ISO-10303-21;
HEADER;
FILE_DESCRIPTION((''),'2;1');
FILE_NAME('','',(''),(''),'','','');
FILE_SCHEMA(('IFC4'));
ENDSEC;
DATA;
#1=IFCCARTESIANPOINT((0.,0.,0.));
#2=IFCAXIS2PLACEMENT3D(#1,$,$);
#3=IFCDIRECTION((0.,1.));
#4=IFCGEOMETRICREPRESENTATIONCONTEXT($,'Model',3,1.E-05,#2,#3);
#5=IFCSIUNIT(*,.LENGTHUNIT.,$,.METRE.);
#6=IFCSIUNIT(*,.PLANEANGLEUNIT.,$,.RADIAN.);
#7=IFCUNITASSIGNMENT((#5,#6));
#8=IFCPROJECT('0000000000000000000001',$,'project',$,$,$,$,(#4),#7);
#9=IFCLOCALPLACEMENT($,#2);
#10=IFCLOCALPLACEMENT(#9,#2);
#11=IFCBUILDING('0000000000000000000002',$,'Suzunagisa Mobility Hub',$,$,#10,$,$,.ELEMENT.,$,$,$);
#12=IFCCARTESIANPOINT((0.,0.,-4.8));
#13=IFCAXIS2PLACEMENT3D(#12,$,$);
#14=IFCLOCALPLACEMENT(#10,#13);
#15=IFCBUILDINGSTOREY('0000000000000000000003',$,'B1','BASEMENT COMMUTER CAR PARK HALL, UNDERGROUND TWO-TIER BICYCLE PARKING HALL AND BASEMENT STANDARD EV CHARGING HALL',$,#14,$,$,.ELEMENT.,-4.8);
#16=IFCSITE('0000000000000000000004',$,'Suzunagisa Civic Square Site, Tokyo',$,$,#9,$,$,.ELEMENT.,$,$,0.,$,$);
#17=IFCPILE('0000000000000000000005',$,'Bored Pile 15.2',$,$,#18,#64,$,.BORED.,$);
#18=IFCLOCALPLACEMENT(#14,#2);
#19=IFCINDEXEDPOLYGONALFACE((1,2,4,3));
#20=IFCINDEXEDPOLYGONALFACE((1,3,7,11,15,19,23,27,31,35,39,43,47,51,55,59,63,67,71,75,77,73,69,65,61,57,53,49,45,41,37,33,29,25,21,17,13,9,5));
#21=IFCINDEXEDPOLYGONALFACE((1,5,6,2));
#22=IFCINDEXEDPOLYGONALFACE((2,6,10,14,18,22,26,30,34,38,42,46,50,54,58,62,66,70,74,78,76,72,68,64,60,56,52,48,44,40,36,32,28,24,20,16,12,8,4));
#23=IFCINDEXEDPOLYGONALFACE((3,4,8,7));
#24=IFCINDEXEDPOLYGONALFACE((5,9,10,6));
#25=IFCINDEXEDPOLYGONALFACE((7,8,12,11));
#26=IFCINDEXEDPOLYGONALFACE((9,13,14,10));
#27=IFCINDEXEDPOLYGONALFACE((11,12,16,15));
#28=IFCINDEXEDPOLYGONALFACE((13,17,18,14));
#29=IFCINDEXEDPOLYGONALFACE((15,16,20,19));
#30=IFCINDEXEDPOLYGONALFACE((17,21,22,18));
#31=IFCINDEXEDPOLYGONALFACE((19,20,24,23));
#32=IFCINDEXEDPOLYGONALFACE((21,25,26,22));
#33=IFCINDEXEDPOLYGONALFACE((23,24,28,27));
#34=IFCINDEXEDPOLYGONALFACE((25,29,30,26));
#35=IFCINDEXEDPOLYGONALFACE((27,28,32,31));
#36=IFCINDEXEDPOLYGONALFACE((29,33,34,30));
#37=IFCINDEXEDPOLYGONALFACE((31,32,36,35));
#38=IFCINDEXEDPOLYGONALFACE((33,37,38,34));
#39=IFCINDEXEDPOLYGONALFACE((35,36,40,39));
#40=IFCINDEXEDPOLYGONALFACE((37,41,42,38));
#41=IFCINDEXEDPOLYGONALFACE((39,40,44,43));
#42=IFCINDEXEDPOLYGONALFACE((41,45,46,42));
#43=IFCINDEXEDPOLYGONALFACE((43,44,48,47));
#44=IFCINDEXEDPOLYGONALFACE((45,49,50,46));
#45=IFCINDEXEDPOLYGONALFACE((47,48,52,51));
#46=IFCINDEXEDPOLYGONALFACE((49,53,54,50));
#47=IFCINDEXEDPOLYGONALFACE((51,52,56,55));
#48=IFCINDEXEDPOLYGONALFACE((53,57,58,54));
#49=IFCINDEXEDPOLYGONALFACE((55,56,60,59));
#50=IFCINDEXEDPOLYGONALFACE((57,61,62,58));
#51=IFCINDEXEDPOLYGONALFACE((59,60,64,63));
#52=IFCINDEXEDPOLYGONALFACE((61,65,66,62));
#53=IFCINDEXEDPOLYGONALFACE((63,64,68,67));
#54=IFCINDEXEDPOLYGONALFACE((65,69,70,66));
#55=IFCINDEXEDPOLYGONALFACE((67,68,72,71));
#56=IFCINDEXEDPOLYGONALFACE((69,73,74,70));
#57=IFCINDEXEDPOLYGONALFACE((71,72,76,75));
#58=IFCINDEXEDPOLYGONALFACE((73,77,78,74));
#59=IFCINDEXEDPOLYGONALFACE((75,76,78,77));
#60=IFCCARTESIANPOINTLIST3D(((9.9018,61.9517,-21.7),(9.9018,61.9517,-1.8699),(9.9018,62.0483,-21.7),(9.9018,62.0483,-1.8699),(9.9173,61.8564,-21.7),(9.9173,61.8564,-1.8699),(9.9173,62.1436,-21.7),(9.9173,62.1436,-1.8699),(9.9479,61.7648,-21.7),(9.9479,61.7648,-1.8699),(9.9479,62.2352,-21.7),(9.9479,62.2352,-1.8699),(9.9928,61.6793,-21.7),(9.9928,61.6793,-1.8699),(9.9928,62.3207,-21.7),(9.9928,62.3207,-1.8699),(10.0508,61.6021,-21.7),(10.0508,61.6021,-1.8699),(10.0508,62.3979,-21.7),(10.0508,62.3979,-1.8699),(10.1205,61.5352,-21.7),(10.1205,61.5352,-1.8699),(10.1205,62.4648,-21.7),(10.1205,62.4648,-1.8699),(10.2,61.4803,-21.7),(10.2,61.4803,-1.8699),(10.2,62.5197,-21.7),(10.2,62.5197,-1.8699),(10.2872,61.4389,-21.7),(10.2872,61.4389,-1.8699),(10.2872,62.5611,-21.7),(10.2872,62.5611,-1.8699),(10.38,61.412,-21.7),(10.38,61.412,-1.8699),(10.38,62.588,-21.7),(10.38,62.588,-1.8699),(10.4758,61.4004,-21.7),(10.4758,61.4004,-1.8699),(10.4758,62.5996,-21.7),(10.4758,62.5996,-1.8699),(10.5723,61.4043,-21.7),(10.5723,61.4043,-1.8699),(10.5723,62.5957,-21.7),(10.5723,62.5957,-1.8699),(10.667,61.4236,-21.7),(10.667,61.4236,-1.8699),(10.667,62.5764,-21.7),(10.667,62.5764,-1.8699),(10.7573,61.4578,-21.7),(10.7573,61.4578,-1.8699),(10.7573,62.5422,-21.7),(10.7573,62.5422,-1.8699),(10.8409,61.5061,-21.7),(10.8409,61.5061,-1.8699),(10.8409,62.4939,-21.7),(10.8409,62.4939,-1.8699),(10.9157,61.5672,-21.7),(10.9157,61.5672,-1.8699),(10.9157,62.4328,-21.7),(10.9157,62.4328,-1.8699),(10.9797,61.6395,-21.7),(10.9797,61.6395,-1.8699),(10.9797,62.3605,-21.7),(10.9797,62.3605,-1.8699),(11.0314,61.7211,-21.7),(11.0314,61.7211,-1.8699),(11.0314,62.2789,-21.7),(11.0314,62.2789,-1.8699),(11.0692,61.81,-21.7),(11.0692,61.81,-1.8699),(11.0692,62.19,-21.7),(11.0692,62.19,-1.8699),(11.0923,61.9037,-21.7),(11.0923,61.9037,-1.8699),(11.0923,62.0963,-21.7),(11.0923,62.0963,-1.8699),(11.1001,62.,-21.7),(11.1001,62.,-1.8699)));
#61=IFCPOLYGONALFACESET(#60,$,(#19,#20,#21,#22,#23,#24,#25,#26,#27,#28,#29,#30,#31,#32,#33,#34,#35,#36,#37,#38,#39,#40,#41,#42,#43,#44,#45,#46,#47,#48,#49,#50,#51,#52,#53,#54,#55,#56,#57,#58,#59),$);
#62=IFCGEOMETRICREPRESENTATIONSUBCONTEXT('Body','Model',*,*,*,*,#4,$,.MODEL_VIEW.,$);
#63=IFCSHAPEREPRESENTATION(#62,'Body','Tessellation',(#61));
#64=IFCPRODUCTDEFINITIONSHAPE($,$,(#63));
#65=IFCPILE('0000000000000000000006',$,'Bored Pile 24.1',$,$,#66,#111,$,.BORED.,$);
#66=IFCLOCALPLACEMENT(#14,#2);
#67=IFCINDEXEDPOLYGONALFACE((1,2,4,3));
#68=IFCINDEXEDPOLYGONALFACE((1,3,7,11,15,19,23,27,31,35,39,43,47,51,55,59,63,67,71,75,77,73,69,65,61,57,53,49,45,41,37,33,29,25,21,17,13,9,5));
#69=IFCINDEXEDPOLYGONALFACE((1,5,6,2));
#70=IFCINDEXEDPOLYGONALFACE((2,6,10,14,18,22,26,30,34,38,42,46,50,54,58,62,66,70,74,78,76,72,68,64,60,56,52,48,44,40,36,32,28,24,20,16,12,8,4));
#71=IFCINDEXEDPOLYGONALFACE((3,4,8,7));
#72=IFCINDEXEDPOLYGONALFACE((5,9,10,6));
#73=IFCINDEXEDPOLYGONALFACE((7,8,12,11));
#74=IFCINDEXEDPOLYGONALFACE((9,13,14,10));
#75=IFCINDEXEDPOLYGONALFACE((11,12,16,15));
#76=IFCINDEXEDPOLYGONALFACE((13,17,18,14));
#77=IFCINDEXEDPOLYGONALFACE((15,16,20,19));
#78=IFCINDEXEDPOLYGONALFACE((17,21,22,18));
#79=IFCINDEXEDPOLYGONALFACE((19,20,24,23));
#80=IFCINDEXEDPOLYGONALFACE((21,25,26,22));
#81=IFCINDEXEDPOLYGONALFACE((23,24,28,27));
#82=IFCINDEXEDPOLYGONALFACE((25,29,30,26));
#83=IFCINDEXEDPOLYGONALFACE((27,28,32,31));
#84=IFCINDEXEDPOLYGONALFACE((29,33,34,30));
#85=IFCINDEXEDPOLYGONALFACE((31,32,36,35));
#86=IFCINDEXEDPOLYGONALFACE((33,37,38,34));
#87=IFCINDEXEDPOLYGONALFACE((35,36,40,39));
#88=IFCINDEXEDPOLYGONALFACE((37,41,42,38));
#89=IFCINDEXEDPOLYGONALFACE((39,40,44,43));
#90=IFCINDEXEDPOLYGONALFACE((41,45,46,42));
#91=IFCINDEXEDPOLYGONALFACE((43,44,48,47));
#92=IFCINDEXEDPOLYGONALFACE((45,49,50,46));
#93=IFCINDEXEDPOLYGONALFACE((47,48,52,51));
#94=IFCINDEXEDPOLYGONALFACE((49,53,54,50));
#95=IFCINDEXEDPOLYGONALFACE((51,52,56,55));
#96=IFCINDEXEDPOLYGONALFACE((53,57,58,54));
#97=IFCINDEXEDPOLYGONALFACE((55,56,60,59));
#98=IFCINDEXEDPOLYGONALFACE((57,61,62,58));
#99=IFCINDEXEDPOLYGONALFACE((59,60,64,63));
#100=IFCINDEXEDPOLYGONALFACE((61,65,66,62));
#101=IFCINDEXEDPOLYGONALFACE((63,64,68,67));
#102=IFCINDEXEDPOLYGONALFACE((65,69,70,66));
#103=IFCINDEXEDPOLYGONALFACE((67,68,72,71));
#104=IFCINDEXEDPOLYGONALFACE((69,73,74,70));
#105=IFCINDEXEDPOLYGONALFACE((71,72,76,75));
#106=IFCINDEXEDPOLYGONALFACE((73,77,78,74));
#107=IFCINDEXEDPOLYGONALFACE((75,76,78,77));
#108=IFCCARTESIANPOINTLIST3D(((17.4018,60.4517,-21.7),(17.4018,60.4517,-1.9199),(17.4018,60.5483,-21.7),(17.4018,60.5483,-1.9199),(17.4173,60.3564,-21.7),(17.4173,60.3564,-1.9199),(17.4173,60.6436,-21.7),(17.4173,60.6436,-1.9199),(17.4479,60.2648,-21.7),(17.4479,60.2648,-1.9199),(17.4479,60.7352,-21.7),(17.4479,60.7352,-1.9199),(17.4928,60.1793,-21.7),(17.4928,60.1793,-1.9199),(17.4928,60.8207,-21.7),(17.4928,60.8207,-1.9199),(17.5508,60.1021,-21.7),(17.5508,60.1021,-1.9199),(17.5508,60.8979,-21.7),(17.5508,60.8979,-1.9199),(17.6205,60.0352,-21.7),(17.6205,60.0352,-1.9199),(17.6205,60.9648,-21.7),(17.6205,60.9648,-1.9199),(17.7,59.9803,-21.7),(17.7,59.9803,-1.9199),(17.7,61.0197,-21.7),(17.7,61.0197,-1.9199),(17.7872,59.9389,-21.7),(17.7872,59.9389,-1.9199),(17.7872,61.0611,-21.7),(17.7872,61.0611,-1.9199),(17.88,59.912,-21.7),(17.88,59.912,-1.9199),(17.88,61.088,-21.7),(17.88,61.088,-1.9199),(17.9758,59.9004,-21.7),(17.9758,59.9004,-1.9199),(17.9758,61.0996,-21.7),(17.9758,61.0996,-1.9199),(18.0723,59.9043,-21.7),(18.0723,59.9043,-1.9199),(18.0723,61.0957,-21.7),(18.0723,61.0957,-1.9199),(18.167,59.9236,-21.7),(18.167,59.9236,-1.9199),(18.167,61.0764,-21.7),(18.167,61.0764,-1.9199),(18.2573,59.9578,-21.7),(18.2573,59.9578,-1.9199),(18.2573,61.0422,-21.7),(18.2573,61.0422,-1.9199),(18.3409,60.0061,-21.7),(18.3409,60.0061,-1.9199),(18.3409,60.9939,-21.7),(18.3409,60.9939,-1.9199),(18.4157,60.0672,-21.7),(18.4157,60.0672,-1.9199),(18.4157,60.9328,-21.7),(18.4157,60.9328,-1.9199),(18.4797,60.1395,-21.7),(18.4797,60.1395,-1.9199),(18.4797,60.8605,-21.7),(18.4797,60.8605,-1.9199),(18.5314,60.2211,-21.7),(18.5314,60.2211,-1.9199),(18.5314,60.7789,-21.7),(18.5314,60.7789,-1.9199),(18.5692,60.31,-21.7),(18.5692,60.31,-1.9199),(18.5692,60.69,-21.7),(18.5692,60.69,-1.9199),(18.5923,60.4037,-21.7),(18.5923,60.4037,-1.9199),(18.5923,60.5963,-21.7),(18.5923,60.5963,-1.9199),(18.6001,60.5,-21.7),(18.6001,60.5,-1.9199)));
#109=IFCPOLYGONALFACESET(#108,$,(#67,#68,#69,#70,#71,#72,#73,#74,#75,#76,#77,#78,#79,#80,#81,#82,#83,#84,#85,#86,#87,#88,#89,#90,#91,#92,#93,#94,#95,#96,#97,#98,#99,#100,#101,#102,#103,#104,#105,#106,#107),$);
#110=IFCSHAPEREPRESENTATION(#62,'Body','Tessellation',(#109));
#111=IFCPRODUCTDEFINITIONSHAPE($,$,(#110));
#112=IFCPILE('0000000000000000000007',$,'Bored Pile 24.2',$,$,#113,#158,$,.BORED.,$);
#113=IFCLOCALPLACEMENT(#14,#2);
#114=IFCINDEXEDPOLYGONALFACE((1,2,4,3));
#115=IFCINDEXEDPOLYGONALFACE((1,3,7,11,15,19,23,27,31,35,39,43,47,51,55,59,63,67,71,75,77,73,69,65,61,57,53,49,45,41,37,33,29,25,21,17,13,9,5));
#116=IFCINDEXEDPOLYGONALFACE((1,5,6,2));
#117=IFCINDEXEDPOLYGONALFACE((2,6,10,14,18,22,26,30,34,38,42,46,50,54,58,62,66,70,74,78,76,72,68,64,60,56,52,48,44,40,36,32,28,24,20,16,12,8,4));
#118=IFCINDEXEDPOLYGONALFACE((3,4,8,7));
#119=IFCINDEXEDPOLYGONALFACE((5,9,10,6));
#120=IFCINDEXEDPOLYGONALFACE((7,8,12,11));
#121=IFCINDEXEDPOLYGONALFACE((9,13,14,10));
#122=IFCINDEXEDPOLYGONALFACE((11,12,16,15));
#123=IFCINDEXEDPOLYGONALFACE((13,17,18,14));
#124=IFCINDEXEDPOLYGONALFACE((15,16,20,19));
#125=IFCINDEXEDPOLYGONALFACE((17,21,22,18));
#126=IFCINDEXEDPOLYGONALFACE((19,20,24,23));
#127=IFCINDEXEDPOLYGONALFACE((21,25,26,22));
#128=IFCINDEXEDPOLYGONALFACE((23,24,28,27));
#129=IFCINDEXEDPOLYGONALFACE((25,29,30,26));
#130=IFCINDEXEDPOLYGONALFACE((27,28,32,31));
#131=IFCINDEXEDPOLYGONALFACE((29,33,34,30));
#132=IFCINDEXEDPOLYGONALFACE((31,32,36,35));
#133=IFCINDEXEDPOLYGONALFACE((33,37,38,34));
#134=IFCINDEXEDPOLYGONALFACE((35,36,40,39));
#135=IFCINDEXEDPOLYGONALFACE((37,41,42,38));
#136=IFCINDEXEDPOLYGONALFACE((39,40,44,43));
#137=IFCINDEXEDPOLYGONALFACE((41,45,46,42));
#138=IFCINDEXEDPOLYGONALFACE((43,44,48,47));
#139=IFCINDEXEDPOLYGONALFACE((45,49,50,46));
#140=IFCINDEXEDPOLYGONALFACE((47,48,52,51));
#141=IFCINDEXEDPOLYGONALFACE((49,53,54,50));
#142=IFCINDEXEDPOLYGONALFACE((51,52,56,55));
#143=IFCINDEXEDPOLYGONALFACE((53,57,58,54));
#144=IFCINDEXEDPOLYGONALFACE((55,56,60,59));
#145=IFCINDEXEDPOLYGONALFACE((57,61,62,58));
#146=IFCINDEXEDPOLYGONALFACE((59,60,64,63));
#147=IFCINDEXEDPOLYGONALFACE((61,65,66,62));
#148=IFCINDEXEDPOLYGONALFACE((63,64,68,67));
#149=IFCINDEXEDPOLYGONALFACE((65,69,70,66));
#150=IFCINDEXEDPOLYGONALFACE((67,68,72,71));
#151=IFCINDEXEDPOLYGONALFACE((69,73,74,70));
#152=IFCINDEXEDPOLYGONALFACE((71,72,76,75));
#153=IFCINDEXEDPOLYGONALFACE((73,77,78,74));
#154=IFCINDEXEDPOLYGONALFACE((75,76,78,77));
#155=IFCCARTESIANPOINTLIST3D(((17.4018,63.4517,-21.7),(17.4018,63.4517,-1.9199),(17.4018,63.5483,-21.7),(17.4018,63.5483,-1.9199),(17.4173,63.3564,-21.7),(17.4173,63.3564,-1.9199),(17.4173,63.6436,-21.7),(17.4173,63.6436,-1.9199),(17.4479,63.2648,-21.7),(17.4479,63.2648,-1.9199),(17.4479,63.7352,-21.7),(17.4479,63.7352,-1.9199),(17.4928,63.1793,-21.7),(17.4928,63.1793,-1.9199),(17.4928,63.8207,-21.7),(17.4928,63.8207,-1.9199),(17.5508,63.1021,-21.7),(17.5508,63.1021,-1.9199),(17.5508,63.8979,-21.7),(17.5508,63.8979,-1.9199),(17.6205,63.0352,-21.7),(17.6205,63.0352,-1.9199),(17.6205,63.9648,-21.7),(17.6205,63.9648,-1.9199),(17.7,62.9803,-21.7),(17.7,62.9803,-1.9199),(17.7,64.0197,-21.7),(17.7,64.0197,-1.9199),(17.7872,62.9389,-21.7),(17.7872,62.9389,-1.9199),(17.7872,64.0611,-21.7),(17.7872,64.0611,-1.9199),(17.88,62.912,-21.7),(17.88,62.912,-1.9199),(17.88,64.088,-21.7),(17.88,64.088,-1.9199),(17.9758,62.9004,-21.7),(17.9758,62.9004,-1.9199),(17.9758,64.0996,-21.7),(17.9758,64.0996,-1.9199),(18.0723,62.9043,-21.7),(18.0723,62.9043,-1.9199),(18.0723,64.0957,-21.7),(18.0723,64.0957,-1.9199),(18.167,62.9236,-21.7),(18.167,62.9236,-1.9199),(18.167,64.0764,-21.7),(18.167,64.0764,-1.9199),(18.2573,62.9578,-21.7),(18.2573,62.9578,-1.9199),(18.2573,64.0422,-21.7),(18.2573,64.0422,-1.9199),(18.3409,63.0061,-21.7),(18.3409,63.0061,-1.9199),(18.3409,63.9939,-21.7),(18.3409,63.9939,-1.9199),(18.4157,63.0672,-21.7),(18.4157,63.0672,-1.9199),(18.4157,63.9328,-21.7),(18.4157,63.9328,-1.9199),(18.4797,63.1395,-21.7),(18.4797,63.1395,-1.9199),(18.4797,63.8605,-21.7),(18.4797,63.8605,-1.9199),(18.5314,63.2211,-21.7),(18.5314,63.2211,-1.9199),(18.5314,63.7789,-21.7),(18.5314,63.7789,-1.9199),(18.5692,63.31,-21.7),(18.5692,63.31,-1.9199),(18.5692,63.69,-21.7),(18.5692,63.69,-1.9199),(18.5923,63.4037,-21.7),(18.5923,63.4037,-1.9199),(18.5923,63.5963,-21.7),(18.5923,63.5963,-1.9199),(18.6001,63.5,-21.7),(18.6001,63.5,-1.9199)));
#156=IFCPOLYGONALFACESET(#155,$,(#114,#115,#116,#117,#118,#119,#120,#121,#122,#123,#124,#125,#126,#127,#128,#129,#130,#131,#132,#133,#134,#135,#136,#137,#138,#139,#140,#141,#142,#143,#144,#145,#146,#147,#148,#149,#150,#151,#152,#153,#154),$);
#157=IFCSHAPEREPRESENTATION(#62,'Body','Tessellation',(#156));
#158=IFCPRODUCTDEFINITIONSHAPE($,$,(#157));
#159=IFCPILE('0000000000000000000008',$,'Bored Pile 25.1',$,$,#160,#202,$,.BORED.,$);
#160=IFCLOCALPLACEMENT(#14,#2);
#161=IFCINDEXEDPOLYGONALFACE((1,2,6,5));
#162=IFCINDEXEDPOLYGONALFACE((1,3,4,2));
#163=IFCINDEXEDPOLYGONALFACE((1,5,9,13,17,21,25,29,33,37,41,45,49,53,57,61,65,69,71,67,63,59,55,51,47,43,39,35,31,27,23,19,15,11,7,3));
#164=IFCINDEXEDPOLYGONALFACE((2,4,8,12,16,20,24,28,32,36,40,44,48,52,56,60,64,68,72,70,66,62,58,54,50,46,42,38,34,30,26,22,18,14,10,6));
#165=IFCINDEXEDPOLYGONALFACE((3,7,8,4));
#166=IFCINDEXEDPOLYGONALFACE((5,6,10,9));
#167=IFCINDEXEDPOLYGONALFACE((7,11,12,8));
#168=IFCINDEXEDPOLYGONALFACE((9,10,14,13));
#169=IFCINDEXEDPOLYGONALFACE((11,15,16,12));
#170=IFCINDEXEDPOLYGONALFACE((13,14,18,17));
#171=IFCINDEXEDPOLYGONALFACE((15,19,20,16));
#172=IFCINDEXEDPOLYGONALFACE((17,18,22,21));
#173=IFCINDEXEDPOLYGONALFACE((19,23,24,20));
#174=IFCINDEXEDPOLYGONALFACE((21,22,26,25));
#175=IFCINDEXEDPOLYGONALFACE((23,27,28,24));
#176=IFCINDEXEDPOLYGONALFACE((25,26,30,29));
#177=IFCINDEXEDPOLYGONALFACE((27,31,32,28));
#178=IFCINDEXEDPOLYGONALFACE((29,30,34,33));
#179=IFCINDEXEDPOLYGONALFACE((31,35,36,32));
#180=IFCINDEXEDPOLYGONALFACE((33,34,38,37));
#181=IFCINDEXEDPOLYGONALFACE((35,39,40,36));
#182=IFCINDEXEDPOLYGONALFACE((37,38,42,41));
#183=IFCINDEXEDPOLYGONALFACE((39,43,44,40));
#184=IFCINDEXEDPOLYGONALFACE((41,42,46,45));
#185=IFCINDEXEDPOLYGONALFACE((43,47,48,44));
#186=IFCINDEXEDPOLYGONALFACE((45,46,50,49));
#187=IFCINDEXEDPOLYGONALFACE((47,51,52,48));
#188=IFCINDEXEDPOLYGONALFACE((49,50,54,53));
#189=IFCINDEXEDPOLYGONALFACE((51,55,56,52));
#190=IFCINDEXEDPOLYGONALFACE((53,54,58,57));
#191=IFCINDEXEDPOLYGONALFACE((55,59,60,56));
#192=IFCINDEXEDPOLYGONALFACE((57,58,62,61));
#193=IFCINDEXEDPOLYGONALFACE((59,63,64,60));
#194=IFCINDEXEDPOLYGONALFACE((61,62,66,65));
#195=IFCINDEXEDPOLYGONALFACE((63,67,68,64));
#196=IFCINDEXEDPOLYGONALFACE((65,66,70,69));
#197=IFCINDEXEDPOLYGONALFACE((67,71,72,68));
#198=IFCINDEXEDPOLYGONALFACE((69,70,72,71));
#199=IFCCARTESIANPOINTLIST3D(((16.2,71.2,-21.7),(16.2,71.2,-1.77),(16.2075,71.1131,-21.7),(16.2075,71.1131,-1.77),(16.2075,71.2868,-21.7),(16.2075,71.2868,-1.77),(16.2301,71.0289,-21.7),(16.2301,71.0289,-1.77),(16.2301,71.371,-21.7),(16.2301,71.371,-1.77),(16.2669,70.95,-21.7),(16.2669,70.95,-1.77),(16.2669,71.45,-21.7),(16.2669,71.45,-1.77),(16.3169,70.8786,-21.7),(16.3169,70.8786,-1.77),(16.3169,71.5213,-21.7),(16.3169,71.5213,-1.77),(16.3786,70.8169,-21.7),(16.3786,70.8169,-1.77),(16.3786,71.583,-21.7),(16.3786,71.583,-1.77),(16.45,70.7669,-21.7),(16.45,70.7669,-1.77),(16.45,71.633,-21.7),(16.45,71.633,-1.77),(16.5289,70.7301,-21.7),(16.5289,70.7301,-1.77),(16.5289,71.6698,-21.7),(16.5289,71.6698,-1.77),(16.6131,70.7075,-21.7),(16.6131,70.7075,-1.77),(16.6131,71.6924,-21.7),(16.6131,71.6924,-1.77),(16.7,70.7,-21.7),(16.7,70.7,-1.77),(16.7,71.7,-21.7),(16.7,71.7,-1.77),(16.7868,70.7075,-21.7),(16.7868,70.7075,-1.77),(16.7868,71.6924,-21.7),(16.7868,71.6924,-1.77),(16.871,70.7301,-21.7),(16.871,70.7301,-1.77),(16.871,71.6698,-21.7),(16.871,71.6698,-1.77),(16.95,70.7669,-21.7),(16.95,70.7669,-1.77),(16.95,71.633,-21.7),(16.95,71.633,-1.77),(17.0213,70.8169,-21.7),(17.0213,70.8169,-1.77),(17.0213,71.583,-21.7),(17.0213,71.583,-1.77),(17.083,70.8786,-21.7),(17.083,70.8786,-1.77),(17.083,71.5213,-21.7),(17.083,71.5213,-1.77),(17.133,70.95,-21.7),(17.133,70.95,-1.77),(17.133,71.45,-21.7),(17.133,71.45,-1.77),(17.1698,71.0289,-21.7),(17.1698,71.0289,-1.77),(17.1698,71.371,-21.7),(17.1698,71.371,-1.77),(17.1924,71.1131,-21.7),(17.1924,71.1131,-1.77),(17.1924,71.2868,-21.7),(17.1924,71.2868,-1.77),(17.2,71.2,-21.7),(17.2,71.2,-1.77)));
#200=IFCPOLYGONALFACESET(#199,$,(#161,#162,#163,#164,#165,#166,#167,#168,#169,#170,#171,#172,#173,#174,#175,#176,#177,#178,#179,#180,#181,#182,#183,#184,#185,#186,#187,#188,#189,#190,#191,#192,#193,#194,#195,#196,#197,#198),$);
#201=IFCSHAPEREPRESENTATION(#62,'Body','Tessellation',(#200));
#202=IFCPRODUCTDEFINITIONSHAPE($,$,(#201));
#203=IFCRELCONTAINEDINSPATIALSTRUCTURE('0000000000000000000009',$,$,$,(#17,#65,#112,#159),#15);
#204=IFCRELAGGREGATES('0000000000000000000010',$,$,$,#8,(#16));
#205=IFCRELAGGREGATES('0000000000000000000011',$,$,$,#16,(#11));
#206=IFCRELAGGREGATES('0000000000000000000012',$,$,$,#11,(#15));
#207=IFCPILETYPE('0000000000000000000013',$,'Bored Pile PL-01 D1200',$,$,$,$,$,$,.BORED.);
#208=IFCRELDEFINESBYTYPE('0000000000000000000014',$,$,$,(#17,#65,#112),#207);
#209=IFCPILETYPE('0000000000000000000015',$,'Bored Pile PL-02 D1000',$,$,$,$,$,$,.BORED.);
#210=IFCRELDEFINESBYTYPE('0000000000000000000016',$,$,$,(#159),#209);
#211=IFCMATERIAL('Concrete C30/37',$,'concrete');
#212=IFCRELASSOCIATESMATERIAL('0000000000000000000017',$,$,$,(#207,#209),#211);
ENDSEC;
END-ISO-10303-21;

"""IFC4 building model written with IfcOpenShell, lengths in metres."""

from ifc_helpers import new_model, si_unit, direction, frame, origin, origin_2d, place, context, subcontext, project, spatial, circle, extrude, material, material_profile, profile_set, type_object, element, save


model = new_model("IFC4")

# Units and contexts
model_context = context("Model", 3, precision=1e-05, world=origin(), true_north=direction((0.0, 1.0)))
body_context = subcontext(model_context, "Body", "Model", "MODEL_VIEW")
ifc_project = project(units=[si_unit("LENGTHUNIT", "METRE"), si_unit("PLANEANGLEUNIT", "RADIAN")], contexts=[model_context])

# Site, building, storey
site_placement = place(None, origin())
site = spatial("IfcSite", under=ifc_project, at=site_placement, Name="Suzunagisa Civic Square Site, Tokyo", CompositionType="ELEMENT", RefElevation=0.0)
building_placement = place(site_placement, origin())
building = spatial("IfcBuilding", under=site, at=building_placement, Name="Suzunagisa Mobility Hub", CompositionType="ELEMENT")
storey_placement = place(building_placement, frame((0.0, 0.0, -4.8)))
storey = spatial("IfcBuildingStorey", under=building, at=storey_placement, Name="B1", Description="BASEMENT COMMUTER CAR PARK HALL, UNDERGROUND TWO-TIER BICYCLE PARKING HALL AND BASEMENT STANDARD EV CHARGING HALL", CompositionType="ELEMENT", Elevation=-4.8)

# Piles
ifc_material_1 = material(Name="Concrete C30/37", Category="concrete")
ifc_material_profile_1 = material_profile(ifc_material_1, circle(Radius=0.6001, at=origin_2d()), Name="BORED PILE D1200")
ifc_profile_set_1 = profile_set([ifc_material_profile_1], Name="Concrete C30/37")
pile_type_1 = type_object("IfcPileType", Name="Bored Pile PL-01 D1200", PredefinedType="BORED", material=ifc_profile_set_1)
pile_1_placement = place(storey_placement, frame((10.5, 62.0, -1.8699), z_axis=(0.0, 0.0, -1.0), x_axis=(1.0, 0.0, 0.0)))
element("IfcPile", 1, at=pile_1_placement, inside=storey, type_object=pile_type_1, Name="Bored Pile 15.2", PredefinedType="BORED", context=body_context, shape_type="SweptSolid", body=[
    extrude(circle(Radius=0.6001, at=origin_2d()), origin(), (0.0, 0.0, 1.0), 19.8301),
])
for number, where, z_axis, x_axis, name in (
    (2, (18.0, 60.5, -1.9199), (0.0, 0.0, -1.0), (1.0, 0.0, 0.0), "Bored Pile 24.1"),
    (3, (18.0, 63.5, -1.9199), (0.0, 0.0, -1.0), (1.0, 0.0, 0.0), "Bored Pile 24.2"),
):
    element("IfcPile", number, at=place(storey_placement, frame(where, z_axis=z_axis, x_axis=x_axis)), inside=storey, type_object=pile_type_1, Name=name, PredefinedType="BORED", context=body_context, shape_type="SweptSolid", body=[
        extrude(circle(Radius=0.6001, at=origin_2d()), origin(), (0.0, 0.0, 1.0), 19.78),
    ])
ifc_material_profile_2 = material_profile(ifc_material_1, circle(Radius=0.5, at=origin_2d()), Name="BORED PILE D1000")
ifc_profile_set_2 = profile_set([ifc_material_profile_2], Name="Concrete C30/37")
pile_type_2 = type_object("IfcPileType", Name="Bored Pile PL-02 D1000", PredefinedType="BORED", material=ifc_profile_set_2)
pile_2_placement = place(storey_placement, frame((16.7, 71.2, -1.77), z_axis=(0.0, 0.0, -1.0), x_axis=(1.0, 0.0, 0.0)))
element("IfcPile", 4, at=pile_2_placement, inside=storey, type_object=pile_type_2, Name="Bored Pile 25.1", PredefinedType="BORED", context=body_context, shape_type="SweptSolid", body=[
    extrude(circle(Radius=0.5, at=origin_2d()), origin(), (0.0, 0.0, 1.0), 19.9299),
])

save(model, "model.ifc")
